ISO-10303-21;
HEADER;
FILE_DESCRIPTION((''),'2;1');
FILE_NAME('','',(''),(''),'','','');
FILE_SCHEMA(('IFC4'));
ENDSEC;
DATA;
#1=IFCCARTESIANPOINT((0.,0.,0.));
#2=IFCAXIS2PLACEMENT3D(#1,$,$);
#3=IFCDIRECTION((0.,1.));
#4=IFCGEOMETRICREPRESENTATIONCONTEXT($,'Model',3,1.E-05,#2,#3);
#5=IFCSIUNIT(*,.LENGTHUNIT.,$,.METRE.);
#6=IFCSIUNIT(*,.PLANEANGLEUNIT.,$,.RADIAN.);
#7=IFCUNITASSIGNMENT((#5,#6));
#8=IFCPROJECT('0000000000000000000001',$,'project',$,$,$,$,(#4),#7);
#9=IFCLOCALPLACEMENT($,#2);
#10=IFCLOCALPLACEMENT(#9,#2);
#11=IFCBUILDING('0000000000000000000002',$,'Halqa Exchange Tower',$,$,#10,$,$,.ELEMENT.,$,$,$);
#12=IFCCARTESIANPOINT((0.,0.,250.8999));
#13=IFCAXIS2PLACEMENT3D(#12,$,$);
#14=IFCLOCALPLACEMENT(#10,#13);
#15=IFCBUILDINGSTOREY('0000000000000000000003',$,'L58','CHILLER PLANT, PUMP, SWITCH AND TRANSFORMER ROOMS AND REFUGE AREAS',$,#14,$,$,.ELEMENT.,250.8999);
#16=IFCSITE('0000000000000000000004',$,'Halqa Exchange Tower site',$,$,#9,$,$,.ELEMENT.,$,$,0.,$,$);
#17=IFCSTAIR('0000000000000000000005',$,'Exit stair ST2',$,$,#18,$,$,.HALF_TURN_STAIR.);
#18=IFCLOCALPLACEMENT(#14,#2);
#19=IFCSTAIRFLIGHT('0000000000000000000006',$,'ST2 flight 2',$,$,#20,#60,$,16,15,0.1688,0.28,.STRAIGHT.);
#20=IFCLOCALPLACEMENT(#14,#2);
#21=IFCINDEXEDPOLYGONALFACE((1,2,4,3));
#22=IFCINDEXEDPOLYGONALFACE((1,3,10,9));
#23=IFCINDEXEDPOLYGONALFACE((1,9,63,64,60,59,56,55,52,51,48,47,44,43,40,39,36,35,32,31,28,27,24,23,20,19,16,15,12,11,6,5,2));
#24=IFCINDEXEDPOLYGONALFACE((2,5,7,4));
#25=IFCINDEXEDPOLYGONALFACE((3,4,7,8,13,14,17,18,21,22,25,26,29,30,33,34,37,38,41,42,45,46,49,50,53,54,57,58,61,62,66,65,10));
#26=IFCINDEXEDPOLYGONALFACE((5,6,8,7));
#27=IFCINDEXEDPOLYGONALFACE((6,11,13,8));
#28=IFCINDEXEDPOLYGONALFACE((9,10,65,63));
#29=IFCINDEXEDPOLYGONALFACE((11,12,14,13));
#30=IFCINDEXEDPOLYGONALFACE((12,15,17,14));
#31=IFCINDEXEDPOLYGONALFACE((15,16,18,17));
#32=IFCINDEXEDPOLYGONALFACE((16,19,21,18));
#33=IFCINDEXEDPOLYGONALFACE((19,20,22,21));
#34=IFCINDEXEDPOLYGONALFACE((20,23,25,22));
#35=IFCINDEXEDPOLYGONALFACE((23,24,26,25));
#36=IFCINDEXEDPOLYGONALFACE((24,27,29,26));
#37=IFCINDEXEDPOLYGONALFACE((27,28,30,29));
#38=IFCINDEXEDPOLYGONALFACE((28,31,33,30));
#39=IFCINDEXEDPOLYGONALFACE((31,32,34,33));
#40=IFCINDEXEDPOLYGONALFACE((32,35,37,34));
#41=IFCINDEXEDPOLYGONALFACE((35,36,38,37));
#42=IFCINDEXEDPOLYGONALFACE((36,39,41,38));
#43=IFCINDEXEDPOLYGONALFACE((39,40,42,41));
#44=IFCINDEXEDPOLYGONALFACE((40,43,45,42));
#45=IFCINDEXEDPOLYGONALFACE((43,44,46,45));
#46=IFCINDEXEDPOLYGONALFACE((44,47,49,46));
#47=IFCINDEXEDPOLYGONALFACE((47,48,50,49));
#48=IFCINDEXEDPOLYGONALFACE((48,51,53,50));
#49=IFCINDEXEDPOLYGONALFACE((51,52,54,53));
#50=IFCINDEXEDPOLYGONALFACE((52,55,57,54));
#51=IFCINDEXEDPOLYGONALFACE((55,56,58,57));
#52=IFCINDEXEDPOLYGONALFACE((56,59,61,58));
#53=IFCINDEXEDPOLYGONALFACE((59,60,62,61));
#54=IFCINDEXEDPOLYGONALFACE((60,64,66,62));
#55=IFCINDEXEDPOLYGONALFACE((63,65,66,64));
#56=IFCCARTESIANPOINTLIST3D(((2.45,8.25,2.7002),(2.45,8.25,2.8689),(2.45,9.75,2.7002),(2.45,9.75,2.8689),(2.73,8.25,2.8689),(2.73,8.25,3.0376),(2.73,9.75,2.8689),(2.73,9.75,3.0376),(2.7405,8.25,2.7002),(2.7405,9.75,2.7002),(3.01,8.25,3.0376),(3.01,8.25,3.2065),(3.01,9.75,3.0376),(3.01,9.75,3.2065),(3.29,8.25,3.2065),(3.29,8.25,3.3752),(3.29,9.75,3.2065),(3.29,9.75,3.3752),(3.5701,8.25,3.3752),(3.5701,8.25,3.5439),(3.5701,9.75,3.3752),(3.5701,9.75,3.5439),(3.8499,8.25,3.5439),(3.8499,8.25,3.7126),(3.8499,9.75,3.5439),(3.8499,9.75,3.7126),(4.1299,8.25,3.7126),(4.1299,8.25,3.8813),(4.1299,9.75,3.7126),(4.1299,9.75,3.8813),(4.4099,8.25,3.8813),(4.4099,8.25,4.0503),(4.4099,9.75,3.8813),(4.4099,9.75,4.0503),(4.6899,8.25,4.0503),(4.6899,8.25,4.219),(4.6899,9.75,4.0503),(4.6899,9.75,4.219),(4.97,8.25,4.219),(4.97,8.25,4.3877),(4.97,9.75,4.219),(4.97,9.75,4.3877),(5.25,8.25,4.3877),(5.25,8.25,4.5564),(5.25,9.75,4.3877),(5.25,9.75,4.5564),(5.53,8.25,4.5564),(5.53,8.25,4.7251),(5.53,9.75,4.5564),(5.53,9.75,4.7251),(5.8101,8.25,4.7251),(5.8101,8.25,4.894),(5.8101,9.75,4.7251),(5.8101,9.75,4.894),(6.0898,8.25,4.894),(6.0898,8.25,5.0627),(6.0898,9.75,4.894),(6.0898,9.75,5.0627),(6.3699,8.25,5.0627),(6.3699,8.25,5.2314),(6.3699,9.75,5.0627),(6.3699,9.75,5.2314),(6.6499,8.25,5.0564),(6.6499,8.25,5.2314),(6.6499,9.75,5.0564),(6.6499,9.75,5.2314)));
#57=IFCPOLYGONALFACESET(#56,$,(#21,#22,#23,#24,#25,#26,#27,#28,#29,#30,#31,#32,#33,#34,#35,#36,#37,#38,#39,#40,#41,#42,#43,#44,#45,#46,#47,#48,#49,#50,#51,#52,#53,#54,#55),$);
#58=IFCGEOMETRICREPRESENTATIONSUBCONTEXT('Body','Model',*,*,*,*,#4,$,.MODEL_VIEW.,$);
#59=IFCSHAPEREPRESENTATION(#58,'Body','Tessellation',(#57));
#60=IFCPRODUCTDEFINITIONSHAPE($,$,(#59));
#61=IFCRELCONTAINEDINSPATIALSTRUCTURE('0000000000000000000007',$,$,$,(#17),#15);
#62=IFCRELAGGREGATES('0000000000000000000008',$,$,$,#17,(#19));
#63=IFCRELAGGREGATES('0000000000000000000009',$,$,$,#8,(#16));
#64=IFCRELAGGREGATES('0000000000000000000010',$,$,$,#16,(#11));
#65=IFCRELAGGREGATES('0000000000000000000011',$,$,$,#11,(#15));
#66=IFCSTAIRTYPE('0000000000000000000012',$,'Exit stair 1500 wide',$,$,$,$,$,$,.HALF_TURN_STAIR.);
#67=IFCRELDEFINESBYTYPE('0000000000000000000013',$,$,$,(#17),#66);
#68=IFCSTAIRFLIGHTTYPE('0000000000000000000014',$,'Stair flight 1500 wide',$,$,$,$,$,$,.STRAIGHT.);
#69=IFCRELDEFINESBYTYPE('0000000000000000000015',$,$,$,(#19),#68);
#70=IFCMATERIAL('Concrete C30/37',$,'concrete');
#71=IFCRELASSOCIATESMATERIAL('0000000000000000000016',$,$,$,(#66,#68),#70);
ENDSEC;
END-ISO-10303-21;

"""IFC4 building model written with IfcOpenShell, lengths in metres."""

from ifc_helpers import new_model, si_unit, direction, frame, origin, place, context, subcontext, project, spatial, polyline, outline, extrude, material, type_object, element, aggregate, save


model = new_model("IFC4")

# Units and contexts
model_context = context("Model", 3, precision=1e-05, world=origin(), true_north=direction((0.0, 1.0)))
body_context = subcontext(model_context, "Body", "Model", "MODEL_VIEW")
ifc_project = project(units=[si_unit("LENGTHUNIT", "METRE"), si_unit("PLANEANGLEUNIT", "RADIAN")], contexts=[model_context])

# Site, building, storey
site_placement = place(None, origin())
site = spatial("IfcSite", under=ifc_project, at=site_placement, Name="Halqa Exchange Tower site", CompositionType="ELEMENT", RefElevation=0.0)
building_placement = place(site_placement, origin())
building = spatial("IfcBuilding", under=site, at=building_placement, Name="Halqa Exchange Tower", CompositionType="ELEMENT")
storey_placement = place(building_placement, frame((0.0, 0.0, 250.8999)))
storey = spatial("IfcBuildingStorey", under=building, at=storey_placement, Name="L58", Description="CHILLER PLANT, PUMP, SWITCH AND TRANSFORMER ROOMS AND REFUGE AREAS", CompositionType="ELEMENT", Elevation=250.8999)

# Stair
ifc_material_1 = material(Name="Concrete C30/37", Category="concrete")
stair_type = type_object("IfcStairType", Name="Exit stair 1500 wide", PredefinedType="HALF_TURN_STAIR", material=ifc_material_1)
stair_1_placement = place(storey_placement, origin())
stair_1 = element("IfcStair", 1, at=stair_1_placement, inside=storey, type_object=stair_type, Name="Exit stair ST2", PredefinedType="HALF_TURN_STAIR")

# Stair flight
stair_flight_type = type_object("IfcStairFlightType", Name="Stair flight 1500 wide", PredefinedType="STRAIGHT", material=ifc_material_1)
stair_flight_1_placement = place(storey_placement, frame((2.45, 9.0, 2.7002), z_axis=(0.0, 0.0, 1.0), x_axis=(1.0, 0.0, 0.0)))
stair_flight_1 = element("IfcStairFlight", 2, at=stair_flight_1_placement, type_object=stair_flight_type, Name="ST2 flight 2", NumberOfRisers=16, NumberOfTreads=15, PredefinedType="STRAIGHT", RiserHeight=0.1688, TreadLength=0.28, context=body_context, shape_type="SweptSolid", body=[
    extrude(outline(polyline([(0.0, 0.0), (0.0, 0.1687), (0.28, 0.1687), (0.28, 0.3374), (0.5601, 0.3374), (0.5601, 0.5063), (0.8401, 0.5063), (0.8401, 0.675), (1.1201, 0.675), (1.1201, 0.8438), (1.3999, 0.8438), (1.3999, 1.0125), (1.6799, 1.0125), (1.6799, 1.1812), (1.96, 1.1812), (1.96, 1.3501), (2.24, 1.3501), (2.24, 1.5188), (2.52, 1.5188), (2.52, 1.6875), (2.8, 1.6875), (2.8, 1.8562), (3.0801, 1.8562), (3.0801, 2.0249), (3.3601, 2.0249), (3.3601, 2.1938), (3.6399, 2.1938), (3.6399, 2.3625), (3.9199, 2.3625), (3.9199, 2.5312), (4.2, 2.5312), (4.2, 2.7), (4.2, 2.3562), (0.2905, 0.0), (0.0, 0.0)])), frame((0.0, 0.75, 0.0), z_axis=(0.0, -1.0, 0.0), x_axis=(1.0, 0.0, 0.0)), (0.0, 0.0, 1.0), 1.5),
])
aggregate(stair_1, [stair_flight_1])

save(model, "model.ifc")
